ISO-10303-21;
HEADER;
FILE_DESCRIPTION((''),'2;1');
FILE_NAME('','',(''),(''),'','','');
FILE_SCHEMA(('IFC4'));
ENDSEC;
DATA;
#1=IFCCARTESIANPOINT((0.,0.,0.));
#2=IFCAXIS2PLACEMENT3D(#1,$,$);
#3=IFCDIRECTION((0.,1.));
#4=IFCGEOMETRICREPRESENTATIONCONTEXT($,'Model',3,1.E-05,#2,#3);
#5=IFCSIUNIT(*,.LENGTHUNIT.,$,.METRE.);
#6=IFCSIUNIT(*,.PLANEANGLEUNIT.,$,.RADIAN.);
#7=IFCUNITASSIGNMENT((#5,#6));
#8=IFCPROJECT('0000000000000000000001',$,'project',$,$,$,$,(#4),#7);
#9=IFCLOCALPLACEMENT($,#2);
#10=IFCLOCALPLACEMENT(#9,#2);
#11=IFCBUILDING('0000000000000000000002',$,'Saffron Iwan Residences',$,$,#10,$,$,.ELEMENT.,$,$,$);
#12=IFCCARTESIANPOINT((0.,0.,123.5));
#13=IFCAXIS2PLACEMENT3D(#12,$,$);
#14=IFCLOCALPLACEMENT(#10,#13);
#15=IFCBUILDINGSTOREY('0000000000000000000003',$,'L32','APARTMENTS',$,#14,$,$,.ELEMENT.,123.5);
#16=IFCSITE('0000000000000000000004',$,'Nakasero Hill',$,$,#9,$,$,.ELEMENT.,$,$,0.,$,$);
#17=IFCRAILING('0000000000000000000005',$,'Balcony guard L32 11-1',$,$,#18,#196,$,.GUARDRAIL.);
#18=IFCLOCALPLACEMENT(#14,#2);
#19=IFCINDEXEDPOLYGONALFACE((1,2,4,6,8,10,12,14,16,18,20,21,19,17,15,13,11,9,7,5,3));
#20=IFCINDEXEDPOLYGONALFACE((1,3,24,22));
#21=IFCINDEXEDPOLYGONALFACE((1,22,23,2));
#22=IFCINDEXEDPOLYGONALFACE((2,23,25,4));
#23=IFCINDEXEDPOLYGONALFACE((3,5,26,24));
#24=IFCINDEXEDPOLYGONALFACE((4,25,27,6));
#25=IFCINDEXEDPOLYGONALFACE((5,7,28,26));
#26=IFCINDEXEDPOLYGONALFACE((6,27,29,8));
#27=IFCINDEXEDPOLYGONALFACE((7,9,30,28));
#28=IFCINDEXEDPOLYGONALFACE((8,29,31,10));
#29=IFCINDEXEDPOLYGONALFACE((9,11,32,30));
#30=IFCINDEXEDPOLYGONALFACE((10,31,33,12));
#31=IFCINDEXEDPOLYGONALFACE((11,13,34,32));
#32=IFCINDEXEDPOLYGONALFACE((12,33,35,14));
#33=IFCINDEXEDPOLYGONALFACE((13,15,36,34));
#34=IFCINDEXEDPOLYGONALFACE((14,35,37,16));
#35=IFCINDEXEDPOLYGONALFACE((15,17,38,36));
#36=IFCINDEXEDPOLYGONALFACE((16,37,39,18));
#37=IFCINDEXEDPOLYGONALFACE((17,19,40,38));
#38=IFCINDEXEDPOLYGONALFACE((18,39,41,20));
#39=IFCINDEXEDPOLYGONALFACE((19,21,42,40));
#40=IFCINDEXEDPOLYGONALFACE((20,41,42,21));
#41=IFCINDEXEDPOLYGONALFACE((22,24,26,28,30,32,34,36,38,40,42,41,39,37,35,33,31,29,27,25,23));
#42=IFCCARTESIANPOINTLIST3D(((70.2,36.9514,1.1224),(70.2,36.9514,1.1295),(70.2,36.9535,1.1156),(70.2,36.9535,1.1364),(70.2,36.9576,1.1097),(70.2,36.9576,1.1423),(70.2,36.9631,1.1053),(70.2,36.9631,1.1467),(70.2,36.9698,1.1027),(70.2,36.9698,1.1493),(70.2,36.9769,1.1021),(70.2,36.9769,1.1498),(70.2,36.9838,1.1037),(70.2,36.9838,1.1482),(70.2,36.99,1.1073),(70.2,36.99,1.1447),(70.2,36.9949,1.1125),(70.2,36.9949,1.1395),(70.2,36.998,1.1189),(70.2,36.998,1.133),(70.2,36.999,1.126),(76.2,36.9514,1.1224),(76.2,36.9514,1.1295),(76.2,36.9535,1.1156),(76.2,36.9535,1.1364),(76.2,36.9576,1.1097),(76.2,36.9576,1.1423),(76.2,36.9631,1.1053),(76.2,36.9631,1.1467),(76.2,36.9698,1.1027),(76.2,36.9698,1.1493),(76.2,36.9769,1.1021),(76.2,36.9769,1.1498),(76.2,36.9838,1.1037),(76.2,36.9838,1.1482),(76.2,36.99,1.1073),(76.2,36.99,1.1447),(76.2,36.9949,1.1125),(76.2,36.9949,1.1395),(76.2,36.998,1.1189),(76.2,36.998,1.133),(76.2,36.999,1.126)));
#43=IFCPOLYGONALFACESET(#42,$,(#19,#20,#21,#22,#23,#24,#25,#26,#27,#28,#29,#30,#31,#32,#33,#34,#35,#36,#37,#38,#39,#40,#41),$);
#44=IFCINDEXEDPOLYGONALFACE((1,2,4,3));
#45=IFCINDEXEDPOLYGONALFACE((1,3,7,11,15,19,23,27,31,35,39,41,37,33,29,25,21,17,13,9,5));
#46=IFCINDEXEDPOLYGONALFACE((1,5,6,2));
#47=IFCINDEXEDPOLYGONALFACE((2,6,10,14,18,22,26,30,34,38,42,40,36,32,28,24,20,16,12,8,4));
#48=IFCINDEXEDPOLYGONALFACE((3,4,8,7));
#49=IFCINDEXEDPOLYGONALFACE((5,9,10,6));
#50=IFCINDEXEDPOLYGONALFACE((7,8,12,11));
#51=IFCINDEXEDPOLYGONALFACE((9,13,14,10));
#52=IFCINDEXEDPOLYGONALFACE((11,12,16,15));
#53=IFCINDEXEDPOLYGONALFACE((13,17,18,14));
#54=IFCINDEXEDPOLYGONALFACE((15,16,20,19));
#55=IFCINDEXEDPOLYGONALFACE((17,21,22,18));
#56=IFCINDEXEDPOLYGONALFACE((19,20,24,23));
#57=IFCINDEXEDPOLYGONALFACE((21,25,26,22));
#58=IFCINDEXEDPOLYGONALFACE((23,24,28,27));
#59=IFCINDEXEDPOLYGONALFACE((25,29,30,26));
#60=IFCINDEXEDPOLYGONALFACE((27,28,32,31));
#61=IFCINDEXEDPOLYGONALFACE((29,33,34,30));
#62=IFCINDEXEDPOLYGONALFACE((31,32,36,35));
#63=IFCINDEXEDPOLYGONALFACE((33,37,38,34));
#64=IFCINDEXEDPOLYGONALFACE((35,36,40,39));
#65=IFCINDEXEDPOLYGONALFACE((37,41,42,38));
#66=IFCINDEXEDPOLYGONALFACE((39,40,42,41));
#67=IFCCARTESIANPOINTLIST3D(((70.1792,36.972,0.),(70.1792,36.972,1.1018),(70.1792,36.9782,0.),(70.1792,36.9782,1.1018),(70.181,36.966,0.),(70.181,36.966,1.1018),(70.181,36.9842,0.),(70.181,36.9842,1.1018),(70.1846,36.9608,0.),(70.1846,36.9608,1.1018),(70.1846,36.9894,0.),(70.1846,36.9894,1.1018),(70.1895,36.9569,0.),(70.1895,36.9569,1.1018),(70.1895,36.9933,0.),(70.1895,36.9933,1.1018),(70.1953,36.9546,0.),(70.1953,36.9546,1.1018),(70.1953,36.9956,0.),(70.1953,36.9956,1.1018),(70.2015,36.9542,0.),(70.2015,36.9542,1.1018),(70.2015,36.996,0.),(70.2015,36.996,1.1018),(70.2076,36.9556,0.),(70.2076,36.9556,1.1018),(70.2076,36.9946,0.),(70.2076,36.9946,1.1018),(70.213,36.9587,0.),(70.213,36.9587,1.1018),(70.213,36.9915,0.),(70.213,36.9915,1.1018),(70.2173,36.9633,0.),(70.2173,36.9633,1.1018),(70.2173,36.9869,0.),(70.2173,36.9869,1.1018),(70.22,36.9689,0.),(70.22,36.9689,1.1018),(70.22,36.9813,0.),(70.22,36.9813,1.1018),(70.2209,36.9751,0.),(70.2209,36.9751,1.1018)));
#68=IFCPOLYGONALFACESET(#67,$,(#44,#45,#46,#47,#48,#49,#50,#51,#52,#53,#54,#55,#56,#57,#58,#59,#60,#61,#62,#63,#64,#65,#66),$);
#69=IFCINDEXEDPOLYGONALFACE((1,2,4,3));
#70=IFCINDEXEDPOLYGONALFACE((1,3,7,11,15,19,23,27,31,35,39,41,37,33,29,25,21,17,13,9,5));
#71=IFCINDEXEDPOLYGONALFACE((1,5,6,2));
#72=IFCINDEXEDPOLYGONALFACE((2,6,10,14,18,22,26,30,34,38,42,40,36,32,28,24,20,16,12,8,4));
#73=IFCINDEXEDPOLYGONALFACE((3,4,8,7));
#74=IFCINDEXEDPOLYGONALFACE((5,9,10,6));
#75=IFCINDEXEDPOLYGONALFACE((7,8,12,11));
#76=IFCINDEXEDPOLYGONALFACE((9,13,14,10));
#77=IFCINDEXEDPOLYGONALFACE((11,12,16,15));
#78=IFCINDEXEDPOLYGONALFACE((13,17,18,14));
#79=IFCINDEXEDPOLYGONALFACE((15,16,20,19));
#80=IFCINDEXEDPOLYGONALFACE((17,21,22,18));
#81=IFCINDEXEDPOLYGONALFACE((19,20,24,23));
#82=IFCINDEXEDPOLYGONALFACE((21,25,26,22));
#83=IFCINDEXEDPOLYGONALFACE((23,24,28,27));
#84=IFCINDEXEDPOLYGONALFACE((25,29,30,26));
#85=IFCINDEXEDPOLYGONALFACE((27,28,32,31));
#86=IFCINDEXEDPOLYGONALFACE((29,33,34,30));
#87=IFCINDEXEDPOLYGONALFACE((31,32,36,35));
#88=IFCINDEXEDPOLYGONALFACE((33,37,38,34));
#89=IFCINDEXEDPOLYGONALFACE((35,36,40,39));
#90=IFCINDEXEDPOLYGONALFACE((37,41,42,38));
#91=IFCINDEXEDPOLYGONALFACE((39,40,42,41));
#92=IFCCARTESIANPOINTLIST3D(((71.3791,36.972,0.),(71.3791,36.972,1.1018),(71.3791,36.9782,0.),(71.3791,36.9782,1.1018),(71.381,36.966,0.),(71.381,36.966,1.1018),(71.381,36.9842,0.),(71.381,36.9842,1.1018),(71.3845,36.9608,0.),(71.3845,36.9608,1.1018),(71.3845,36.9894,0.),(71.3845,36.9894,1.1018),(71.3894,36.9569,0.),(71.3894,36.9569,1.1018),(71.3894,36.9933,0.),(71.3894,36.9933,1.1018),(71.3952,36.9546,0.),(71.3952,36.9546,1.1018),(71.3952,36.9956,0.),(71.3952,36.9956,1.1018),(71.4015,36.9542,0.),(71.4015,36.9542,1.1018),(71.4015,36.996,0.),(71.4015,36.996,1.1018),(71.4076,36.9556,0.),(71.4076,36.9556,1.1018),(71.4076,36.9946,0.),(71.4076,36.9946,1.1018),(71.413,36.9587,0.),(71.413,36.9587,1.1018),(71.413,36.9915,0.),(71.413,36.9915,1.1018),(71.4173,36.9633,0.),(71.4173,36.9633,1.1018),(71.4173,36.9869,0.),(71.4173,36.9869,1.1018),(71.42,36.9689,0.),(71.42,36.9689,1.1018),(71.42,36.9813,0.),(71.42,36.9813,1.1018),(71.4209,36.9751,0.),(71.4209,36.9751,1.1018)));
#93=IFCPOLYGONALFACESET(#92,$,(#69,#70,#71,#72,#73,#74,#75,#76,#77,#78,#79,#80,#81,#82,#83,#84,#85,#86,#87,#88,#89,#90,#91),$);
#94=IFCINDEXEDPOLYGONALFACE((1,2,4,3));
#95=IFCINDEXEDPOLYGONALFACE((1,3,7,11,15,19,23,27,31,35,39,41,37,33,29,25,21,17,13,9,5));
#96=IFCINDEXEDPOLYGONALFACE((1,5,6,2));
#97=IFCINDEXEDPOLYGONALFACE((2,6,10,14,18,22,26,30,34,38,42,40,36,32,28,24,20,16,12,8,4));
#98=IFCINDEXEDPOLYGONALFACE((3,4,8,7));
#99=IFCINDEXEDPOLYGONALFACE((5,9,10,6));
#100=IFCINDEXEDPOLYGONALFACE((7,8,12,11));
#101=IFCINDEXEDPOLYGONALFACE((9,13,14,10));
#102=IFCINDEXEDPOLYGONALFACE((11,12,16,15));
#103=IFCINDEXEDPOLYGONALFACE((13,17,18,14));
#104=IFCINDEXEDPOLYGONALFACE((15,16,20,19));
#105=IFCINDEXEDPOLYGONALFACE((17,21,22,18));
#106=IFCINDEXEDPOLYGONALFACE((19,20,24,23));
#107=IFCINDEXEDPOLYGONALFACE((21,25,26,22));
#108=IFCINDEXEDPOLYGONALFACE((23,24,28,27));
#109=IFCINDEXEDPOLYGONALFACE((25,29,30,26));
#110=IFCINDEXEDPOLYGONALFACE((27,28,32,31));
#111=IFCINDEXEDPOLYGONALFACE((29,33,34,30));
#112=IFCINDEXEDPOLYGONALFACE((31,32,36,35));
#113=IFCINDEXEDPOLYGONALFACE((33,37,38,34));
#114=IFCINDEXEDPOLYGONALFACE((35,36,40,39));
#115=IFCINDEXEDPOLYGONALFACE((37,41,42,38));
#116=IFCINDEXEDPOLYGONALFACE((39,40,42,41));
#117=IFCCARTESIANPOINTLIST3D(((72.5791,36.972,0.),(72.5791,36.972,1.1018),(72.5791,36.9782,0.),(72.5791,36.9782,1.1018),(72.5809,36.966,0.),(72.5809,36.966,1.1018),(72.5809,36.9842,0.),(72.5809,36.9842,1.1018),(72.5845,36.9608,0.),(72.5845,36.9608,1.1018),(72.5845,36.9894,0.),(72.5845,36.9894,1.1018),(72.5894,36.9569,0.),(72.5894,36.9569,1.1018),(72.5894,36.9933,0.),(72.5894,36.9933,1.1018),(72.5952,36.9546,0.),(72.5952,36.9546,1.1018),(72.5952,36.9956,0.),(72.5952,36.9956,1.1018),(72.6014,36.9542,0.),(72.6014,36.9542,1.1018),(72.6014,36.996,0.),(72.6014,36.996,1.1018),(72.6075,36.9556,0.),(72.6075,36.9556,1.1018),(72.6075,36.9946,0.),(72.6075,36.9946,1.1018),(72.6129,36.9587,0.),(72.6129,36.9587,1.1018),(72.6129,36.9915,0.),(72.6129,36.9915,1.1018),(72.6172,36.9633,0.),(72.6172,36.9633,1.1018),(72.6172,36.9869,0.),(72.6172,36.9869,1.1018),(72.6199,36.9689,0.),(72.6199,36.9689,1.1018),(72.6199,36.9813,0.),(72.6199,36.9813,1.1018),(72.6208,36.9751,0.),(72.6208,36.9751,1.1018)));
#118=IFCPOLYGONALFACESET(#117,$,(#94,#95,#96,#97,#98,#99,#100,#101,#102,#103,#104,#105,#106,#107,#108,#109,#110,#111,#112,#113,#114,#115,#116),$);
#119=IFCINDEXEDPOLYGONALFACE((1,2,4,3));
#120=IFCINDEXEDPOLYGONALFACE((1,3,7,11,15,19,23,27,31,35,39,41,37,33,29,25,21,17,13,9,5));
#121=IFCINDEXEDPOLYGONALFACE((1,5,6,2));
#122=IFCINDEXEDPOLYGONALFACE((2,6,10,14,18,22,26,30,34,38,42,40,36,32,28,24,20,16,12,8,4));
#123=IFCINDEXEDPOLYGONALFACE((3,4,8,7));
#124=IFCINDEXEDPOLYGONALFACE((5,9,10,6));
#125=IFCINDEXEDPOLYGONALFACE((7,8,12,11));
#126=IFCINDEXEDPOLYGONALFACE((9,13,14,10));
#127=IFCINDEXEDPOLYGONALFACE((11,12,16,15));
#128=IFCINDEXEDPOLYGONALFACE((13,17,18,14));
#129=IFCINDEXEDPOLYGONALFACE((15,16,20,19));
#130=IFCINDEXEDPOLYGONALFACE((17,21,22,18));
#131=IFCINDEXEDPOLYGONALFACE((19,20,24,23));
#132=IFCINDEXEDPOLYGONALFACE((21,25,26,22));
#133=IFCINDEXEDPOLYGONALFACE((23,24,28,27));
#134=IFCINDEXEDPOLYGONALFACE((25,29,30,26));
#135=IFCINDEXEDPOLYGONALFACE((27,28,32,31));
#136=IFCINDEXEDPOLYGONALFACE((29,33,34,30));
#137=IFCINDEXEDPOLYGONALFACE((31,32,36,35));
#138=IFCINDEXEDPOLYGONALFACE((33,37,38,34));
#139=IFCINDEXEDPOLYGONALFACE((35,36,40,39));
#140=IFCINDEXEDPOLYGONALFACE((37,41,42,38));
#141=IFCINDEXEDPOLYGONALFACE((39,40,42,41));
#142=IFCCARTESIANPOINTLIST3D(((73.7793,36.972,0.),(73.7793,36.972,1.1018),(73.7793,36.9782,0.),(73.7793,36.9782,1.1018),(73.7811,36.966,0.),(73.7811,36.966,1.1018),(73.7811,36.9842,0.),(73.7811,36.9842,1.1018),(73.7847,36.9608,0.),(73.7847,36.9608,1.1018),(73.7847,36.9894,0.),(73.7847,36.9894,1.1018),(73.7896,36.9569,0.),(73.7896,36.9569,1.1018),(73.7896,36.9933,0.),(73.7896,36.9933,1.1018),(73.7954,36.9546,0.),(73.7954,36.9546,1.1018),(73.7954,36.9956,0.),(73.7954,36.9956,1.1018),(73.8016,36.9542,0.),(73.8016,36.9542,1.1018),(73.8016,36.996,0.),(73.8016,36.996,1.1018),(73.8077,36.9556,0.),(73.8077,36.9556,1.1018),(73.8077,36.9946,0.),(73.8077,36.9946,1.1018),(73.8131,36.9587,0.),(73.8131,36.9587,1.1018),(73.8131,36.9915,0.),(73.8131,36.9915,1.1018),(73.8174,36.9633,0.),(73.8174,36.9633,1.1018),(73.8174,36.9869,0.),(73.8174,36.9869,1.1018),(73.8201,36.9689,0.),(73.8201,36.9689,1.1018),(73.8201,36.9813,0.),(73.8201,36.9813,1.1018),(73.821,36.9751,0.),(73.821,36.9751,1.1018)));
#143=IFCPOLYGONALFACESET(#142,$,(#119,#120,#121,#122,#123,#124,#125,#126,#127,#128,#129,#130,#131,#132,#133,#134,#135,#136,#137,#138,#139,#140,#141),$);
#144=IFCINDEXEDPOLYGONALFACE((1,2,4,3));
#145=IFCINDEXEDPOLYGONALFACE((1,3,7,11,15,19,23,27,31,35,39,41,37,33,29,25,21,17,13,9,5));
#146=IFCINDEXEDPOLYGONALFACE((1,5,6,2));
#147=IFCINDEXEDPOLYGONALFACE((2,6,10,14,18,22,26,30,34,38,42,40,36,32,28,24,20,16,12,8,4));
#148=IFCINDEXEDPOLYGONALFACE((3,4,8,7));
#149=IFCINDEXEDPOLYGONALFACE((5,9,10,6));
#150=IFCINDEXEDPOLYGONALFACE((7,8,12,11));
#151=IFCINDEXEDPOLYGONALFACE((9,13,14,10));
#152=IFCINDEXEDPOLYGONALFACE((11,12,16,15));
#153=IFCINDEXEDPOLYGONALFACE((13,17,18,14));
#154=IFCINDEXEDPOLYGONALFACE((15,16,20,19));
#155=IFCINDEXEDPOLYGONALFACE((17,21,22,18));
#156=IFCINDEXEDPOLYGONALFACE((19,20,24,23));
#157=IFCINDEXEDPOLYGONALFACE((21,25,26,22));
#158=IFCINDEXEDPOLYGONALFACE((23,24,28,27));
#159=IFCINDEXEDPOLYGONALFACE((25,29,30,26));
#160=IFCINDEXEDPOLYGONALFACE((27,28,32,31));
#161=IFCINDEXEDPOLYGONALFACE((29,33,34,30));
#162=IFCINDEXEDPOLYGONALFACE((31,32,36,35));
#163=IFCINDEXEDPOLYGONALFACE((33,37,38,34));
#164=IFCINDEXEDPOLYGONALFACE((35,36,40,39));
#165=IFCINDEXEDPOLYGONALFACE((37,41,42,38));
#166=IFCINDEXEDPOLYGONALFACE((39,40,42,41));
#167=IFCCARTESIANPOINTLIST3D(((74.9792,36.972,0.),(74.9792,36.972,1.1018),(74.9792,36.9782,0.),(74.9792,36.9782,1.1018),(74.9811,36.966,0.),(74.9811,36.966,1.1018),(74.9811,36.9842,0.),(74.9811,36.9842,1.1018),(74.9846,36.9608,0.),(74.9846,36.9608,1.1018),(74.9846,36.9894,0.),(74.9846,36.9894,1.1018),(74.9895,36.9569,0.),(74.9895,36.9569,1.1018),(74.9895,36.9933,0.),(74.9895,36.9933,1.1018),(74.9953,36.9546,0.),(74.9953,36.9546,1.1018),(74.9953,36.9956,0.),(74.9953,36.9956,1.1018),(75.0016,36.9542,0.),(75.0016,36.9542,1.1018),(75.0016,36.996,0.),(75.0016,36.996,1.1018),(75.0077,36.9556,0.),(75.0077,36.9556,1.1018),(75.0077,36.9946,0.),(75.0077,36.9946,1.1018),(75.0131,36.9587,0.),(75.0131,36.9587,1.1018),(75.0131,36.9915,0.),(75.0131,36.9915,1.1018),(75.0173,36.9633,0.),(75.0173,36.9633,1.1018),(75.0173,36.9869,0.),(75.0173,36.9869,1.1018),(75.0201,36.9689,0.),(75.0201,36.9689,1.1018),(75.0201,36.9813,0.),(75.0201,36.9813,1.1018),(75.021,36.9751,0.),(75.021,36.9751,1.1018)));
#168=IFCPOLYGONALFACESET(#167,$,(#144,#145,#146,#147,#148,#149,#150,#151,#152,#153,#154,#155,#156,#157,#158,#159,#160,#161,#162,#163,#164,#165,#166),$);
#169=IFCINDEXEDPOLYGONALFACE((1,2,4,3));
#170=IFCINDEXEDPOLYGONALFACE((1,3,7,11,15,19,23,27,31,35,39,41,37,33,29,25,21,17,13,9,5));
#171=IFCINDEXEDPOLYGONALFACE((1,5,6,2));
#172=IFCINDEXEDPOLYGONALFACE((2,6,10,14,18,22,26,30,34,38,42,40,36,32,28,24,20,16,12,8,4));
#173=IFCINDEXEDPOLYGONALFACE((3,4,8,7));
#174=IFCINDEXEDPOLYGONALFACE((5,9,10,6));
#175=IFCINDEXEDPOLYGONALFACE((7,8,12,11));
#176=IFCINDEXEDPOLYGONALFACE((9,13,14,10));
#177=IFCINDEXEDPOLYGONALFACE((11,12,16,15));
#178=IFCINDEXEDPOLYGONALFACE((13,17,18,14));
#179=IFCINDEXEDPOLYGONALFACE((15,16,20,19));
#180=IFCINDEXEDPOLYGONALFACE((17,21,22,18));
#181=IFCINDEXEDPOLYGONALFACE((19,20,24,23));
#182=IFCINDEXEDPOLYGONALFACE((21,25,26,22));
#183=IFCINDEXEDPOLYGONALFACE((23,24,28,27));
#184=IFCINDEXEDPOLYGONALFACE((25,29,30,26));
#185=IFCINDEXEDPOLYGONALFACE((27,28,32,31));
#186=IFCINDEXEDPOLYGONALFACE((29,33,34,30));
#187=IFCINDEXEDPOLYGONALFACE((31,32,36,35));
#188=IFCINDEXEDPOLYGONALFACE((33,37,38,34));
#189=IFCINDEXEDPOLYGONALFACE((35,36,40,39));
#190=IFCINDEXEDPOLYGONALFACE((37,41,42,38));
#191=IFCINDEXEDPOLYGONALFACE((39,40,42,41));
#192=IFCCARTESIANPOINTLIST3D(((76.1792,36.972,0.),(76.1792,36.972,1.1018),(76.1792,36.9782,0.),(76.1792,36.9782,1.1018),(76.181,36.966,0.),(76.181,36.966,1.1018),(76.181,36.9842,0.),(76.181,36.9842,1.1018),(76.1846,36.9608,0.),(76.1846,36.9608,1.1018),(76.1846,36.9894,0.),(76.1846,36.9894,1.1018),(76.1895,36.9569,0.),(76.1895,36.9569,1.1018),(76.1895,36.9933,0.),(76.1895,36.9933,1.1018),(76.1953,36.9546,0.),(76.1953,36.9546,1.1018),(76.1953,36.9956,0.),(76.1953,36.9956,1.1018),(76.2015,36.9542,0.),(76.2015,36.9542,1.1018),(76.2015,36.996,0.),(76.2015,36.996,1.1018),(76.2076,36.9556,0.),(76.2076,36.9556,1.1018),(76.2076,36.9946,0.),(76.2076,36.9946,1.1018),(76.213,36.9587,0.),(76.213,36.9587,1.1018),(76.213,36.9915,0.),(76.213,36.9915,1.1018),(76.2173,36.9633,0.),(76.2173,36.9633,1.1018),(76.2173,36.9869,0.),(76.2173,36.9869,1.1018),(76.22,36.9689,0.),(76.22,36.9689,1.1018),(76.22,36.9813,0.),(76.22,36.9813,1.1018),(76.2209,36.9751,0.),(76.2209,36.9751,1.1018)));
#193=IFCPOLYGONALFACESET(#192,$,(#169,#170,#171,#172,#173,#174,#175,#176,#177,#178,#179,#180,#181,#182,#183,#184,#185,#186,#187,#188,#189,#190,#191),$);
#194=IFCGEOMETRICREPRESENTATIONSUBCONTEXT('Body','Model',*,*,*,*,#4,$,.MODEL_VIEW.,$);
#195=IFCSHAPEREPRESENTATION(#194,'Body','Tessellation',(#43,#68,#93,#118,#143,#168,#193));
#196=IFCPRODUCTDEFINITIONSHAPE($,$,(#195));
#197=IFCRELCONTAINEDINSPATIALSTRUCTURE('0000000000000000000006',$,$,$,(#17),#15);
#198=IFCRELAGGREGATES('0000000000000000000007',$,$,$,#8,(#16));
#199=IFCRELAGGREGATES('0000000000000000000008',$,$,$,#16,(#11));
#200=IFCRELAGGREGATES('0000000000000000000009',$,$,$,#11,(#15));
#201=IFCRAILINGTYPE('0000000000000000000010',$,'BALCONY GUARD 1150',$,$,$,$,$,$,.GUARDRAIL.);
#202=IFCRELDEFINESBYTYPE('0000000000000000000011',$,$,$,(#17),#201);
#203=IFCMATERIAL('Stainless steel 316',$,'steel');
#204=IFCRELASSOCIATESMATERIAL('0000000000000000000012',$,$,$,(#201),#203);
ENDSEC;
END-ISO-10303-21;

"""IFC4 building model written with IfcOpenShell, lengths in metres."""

from ifc_helpers import new_model, si_unit, direction, frame, origin, origin_2d, place, context, subcontext, project, spatial, circle, extrude, material, type_object, element, save


model = new_model("IFC4")

# Units and contexts
model_context = context("Model", 3, precision=1e-05, world=origin(), true_north=direction((0.0, 1.0)))
body_context = subcontext(model_context, "Body", "Model", "MODEL_VIEW")
ifc_project = project(units=[si_unit("LENGTHUNIT", "METRE"), si_unit("PLANEANGLEUNIT", "RADIAN")], contexts=[model_context])

# Site, building, storey
site_placement = place(None, origin())
site = spatial("IfcSite", under=ifc_project, at=site_placement, Name="Nakasero Hill", CompositionType="ELEMENT", RefElevation=0.0)
building_placement = place(site_placement, origin())
building = spatial("IfcBuilding", under=site, at=building_placement, Name="Saffron Iwan Residences", CompositionType="ELEMENT")
storey_placement = place(building_placement, frame((0.0, 0.0, 123.5)))
storey = spatial("IfcBuildingStorey", under=building, at=storey_placement, Name="L32", Description="APARTMENTS", CompositionType="ELEMENT", Elevation=123.5)

# Railing
ifc_material_1 = material(Name="Stainless steel 316", Category="steel")
railing_type = type_object("IfcRailingType", Name="BALCONY GUARD 1150", PredefinedType="GUARDRAIL", material=ifc_material_1)
railing_placement = place(storey_placement, frame((70.2, 36.9751, 0.0)))
element("IfcRailing", 1, at=railing_placement, inside=storey, type_object=railing_type, Name="Balcony guard L32 11-1", PredefinedType="GUARDRAIL", context=body_context, shape_type="SweptSolid", body=[
    extrude(circle(Radius=0.0239, at=origin_2d()), frame((0.0, 0.0, 1.126), z_axis=(1.0, 0.0, 0.0), x_axis=(0.0, 1.0, 0.0)), (0.0, 0.0, 1.0), 6.0),
    extrude(circle(Radius=0.021, at=origin_2d()), origin(), (0.0, 0.0, 1.0), 1.1018),
    extrude(circle(Radius=0.021, at=origin_2d()), frame((1.2, 0.0, 0.0)), (0.0, 0.0, 1.0), 1.1018),
    extrude(circle(Radius=0.021, at=origin_2d()), frame((2.3999, 0.0, 0.0)), (0.0, 0.0, 1.0), 1.1018),
    extrude(circle(Radius=0.021, at=origin_2d()), frame((3.6001, 0.0, 0.0)), (0.0, 0.0, 1.0), 1.1018),
    extrude(circle(Radius=0.021, at=origin_2d()), frame((4.8, 0.0, 0.0)), (0.0, 0.0, 1.0), 1.1018),
    extrude(circle(Radius=0.021, at=origin_2d()), frame((6.0, 0.0, 0.0)), (0.0, 0.0, 1.0), 1.1018),
])

save(model, "model.ifc")
